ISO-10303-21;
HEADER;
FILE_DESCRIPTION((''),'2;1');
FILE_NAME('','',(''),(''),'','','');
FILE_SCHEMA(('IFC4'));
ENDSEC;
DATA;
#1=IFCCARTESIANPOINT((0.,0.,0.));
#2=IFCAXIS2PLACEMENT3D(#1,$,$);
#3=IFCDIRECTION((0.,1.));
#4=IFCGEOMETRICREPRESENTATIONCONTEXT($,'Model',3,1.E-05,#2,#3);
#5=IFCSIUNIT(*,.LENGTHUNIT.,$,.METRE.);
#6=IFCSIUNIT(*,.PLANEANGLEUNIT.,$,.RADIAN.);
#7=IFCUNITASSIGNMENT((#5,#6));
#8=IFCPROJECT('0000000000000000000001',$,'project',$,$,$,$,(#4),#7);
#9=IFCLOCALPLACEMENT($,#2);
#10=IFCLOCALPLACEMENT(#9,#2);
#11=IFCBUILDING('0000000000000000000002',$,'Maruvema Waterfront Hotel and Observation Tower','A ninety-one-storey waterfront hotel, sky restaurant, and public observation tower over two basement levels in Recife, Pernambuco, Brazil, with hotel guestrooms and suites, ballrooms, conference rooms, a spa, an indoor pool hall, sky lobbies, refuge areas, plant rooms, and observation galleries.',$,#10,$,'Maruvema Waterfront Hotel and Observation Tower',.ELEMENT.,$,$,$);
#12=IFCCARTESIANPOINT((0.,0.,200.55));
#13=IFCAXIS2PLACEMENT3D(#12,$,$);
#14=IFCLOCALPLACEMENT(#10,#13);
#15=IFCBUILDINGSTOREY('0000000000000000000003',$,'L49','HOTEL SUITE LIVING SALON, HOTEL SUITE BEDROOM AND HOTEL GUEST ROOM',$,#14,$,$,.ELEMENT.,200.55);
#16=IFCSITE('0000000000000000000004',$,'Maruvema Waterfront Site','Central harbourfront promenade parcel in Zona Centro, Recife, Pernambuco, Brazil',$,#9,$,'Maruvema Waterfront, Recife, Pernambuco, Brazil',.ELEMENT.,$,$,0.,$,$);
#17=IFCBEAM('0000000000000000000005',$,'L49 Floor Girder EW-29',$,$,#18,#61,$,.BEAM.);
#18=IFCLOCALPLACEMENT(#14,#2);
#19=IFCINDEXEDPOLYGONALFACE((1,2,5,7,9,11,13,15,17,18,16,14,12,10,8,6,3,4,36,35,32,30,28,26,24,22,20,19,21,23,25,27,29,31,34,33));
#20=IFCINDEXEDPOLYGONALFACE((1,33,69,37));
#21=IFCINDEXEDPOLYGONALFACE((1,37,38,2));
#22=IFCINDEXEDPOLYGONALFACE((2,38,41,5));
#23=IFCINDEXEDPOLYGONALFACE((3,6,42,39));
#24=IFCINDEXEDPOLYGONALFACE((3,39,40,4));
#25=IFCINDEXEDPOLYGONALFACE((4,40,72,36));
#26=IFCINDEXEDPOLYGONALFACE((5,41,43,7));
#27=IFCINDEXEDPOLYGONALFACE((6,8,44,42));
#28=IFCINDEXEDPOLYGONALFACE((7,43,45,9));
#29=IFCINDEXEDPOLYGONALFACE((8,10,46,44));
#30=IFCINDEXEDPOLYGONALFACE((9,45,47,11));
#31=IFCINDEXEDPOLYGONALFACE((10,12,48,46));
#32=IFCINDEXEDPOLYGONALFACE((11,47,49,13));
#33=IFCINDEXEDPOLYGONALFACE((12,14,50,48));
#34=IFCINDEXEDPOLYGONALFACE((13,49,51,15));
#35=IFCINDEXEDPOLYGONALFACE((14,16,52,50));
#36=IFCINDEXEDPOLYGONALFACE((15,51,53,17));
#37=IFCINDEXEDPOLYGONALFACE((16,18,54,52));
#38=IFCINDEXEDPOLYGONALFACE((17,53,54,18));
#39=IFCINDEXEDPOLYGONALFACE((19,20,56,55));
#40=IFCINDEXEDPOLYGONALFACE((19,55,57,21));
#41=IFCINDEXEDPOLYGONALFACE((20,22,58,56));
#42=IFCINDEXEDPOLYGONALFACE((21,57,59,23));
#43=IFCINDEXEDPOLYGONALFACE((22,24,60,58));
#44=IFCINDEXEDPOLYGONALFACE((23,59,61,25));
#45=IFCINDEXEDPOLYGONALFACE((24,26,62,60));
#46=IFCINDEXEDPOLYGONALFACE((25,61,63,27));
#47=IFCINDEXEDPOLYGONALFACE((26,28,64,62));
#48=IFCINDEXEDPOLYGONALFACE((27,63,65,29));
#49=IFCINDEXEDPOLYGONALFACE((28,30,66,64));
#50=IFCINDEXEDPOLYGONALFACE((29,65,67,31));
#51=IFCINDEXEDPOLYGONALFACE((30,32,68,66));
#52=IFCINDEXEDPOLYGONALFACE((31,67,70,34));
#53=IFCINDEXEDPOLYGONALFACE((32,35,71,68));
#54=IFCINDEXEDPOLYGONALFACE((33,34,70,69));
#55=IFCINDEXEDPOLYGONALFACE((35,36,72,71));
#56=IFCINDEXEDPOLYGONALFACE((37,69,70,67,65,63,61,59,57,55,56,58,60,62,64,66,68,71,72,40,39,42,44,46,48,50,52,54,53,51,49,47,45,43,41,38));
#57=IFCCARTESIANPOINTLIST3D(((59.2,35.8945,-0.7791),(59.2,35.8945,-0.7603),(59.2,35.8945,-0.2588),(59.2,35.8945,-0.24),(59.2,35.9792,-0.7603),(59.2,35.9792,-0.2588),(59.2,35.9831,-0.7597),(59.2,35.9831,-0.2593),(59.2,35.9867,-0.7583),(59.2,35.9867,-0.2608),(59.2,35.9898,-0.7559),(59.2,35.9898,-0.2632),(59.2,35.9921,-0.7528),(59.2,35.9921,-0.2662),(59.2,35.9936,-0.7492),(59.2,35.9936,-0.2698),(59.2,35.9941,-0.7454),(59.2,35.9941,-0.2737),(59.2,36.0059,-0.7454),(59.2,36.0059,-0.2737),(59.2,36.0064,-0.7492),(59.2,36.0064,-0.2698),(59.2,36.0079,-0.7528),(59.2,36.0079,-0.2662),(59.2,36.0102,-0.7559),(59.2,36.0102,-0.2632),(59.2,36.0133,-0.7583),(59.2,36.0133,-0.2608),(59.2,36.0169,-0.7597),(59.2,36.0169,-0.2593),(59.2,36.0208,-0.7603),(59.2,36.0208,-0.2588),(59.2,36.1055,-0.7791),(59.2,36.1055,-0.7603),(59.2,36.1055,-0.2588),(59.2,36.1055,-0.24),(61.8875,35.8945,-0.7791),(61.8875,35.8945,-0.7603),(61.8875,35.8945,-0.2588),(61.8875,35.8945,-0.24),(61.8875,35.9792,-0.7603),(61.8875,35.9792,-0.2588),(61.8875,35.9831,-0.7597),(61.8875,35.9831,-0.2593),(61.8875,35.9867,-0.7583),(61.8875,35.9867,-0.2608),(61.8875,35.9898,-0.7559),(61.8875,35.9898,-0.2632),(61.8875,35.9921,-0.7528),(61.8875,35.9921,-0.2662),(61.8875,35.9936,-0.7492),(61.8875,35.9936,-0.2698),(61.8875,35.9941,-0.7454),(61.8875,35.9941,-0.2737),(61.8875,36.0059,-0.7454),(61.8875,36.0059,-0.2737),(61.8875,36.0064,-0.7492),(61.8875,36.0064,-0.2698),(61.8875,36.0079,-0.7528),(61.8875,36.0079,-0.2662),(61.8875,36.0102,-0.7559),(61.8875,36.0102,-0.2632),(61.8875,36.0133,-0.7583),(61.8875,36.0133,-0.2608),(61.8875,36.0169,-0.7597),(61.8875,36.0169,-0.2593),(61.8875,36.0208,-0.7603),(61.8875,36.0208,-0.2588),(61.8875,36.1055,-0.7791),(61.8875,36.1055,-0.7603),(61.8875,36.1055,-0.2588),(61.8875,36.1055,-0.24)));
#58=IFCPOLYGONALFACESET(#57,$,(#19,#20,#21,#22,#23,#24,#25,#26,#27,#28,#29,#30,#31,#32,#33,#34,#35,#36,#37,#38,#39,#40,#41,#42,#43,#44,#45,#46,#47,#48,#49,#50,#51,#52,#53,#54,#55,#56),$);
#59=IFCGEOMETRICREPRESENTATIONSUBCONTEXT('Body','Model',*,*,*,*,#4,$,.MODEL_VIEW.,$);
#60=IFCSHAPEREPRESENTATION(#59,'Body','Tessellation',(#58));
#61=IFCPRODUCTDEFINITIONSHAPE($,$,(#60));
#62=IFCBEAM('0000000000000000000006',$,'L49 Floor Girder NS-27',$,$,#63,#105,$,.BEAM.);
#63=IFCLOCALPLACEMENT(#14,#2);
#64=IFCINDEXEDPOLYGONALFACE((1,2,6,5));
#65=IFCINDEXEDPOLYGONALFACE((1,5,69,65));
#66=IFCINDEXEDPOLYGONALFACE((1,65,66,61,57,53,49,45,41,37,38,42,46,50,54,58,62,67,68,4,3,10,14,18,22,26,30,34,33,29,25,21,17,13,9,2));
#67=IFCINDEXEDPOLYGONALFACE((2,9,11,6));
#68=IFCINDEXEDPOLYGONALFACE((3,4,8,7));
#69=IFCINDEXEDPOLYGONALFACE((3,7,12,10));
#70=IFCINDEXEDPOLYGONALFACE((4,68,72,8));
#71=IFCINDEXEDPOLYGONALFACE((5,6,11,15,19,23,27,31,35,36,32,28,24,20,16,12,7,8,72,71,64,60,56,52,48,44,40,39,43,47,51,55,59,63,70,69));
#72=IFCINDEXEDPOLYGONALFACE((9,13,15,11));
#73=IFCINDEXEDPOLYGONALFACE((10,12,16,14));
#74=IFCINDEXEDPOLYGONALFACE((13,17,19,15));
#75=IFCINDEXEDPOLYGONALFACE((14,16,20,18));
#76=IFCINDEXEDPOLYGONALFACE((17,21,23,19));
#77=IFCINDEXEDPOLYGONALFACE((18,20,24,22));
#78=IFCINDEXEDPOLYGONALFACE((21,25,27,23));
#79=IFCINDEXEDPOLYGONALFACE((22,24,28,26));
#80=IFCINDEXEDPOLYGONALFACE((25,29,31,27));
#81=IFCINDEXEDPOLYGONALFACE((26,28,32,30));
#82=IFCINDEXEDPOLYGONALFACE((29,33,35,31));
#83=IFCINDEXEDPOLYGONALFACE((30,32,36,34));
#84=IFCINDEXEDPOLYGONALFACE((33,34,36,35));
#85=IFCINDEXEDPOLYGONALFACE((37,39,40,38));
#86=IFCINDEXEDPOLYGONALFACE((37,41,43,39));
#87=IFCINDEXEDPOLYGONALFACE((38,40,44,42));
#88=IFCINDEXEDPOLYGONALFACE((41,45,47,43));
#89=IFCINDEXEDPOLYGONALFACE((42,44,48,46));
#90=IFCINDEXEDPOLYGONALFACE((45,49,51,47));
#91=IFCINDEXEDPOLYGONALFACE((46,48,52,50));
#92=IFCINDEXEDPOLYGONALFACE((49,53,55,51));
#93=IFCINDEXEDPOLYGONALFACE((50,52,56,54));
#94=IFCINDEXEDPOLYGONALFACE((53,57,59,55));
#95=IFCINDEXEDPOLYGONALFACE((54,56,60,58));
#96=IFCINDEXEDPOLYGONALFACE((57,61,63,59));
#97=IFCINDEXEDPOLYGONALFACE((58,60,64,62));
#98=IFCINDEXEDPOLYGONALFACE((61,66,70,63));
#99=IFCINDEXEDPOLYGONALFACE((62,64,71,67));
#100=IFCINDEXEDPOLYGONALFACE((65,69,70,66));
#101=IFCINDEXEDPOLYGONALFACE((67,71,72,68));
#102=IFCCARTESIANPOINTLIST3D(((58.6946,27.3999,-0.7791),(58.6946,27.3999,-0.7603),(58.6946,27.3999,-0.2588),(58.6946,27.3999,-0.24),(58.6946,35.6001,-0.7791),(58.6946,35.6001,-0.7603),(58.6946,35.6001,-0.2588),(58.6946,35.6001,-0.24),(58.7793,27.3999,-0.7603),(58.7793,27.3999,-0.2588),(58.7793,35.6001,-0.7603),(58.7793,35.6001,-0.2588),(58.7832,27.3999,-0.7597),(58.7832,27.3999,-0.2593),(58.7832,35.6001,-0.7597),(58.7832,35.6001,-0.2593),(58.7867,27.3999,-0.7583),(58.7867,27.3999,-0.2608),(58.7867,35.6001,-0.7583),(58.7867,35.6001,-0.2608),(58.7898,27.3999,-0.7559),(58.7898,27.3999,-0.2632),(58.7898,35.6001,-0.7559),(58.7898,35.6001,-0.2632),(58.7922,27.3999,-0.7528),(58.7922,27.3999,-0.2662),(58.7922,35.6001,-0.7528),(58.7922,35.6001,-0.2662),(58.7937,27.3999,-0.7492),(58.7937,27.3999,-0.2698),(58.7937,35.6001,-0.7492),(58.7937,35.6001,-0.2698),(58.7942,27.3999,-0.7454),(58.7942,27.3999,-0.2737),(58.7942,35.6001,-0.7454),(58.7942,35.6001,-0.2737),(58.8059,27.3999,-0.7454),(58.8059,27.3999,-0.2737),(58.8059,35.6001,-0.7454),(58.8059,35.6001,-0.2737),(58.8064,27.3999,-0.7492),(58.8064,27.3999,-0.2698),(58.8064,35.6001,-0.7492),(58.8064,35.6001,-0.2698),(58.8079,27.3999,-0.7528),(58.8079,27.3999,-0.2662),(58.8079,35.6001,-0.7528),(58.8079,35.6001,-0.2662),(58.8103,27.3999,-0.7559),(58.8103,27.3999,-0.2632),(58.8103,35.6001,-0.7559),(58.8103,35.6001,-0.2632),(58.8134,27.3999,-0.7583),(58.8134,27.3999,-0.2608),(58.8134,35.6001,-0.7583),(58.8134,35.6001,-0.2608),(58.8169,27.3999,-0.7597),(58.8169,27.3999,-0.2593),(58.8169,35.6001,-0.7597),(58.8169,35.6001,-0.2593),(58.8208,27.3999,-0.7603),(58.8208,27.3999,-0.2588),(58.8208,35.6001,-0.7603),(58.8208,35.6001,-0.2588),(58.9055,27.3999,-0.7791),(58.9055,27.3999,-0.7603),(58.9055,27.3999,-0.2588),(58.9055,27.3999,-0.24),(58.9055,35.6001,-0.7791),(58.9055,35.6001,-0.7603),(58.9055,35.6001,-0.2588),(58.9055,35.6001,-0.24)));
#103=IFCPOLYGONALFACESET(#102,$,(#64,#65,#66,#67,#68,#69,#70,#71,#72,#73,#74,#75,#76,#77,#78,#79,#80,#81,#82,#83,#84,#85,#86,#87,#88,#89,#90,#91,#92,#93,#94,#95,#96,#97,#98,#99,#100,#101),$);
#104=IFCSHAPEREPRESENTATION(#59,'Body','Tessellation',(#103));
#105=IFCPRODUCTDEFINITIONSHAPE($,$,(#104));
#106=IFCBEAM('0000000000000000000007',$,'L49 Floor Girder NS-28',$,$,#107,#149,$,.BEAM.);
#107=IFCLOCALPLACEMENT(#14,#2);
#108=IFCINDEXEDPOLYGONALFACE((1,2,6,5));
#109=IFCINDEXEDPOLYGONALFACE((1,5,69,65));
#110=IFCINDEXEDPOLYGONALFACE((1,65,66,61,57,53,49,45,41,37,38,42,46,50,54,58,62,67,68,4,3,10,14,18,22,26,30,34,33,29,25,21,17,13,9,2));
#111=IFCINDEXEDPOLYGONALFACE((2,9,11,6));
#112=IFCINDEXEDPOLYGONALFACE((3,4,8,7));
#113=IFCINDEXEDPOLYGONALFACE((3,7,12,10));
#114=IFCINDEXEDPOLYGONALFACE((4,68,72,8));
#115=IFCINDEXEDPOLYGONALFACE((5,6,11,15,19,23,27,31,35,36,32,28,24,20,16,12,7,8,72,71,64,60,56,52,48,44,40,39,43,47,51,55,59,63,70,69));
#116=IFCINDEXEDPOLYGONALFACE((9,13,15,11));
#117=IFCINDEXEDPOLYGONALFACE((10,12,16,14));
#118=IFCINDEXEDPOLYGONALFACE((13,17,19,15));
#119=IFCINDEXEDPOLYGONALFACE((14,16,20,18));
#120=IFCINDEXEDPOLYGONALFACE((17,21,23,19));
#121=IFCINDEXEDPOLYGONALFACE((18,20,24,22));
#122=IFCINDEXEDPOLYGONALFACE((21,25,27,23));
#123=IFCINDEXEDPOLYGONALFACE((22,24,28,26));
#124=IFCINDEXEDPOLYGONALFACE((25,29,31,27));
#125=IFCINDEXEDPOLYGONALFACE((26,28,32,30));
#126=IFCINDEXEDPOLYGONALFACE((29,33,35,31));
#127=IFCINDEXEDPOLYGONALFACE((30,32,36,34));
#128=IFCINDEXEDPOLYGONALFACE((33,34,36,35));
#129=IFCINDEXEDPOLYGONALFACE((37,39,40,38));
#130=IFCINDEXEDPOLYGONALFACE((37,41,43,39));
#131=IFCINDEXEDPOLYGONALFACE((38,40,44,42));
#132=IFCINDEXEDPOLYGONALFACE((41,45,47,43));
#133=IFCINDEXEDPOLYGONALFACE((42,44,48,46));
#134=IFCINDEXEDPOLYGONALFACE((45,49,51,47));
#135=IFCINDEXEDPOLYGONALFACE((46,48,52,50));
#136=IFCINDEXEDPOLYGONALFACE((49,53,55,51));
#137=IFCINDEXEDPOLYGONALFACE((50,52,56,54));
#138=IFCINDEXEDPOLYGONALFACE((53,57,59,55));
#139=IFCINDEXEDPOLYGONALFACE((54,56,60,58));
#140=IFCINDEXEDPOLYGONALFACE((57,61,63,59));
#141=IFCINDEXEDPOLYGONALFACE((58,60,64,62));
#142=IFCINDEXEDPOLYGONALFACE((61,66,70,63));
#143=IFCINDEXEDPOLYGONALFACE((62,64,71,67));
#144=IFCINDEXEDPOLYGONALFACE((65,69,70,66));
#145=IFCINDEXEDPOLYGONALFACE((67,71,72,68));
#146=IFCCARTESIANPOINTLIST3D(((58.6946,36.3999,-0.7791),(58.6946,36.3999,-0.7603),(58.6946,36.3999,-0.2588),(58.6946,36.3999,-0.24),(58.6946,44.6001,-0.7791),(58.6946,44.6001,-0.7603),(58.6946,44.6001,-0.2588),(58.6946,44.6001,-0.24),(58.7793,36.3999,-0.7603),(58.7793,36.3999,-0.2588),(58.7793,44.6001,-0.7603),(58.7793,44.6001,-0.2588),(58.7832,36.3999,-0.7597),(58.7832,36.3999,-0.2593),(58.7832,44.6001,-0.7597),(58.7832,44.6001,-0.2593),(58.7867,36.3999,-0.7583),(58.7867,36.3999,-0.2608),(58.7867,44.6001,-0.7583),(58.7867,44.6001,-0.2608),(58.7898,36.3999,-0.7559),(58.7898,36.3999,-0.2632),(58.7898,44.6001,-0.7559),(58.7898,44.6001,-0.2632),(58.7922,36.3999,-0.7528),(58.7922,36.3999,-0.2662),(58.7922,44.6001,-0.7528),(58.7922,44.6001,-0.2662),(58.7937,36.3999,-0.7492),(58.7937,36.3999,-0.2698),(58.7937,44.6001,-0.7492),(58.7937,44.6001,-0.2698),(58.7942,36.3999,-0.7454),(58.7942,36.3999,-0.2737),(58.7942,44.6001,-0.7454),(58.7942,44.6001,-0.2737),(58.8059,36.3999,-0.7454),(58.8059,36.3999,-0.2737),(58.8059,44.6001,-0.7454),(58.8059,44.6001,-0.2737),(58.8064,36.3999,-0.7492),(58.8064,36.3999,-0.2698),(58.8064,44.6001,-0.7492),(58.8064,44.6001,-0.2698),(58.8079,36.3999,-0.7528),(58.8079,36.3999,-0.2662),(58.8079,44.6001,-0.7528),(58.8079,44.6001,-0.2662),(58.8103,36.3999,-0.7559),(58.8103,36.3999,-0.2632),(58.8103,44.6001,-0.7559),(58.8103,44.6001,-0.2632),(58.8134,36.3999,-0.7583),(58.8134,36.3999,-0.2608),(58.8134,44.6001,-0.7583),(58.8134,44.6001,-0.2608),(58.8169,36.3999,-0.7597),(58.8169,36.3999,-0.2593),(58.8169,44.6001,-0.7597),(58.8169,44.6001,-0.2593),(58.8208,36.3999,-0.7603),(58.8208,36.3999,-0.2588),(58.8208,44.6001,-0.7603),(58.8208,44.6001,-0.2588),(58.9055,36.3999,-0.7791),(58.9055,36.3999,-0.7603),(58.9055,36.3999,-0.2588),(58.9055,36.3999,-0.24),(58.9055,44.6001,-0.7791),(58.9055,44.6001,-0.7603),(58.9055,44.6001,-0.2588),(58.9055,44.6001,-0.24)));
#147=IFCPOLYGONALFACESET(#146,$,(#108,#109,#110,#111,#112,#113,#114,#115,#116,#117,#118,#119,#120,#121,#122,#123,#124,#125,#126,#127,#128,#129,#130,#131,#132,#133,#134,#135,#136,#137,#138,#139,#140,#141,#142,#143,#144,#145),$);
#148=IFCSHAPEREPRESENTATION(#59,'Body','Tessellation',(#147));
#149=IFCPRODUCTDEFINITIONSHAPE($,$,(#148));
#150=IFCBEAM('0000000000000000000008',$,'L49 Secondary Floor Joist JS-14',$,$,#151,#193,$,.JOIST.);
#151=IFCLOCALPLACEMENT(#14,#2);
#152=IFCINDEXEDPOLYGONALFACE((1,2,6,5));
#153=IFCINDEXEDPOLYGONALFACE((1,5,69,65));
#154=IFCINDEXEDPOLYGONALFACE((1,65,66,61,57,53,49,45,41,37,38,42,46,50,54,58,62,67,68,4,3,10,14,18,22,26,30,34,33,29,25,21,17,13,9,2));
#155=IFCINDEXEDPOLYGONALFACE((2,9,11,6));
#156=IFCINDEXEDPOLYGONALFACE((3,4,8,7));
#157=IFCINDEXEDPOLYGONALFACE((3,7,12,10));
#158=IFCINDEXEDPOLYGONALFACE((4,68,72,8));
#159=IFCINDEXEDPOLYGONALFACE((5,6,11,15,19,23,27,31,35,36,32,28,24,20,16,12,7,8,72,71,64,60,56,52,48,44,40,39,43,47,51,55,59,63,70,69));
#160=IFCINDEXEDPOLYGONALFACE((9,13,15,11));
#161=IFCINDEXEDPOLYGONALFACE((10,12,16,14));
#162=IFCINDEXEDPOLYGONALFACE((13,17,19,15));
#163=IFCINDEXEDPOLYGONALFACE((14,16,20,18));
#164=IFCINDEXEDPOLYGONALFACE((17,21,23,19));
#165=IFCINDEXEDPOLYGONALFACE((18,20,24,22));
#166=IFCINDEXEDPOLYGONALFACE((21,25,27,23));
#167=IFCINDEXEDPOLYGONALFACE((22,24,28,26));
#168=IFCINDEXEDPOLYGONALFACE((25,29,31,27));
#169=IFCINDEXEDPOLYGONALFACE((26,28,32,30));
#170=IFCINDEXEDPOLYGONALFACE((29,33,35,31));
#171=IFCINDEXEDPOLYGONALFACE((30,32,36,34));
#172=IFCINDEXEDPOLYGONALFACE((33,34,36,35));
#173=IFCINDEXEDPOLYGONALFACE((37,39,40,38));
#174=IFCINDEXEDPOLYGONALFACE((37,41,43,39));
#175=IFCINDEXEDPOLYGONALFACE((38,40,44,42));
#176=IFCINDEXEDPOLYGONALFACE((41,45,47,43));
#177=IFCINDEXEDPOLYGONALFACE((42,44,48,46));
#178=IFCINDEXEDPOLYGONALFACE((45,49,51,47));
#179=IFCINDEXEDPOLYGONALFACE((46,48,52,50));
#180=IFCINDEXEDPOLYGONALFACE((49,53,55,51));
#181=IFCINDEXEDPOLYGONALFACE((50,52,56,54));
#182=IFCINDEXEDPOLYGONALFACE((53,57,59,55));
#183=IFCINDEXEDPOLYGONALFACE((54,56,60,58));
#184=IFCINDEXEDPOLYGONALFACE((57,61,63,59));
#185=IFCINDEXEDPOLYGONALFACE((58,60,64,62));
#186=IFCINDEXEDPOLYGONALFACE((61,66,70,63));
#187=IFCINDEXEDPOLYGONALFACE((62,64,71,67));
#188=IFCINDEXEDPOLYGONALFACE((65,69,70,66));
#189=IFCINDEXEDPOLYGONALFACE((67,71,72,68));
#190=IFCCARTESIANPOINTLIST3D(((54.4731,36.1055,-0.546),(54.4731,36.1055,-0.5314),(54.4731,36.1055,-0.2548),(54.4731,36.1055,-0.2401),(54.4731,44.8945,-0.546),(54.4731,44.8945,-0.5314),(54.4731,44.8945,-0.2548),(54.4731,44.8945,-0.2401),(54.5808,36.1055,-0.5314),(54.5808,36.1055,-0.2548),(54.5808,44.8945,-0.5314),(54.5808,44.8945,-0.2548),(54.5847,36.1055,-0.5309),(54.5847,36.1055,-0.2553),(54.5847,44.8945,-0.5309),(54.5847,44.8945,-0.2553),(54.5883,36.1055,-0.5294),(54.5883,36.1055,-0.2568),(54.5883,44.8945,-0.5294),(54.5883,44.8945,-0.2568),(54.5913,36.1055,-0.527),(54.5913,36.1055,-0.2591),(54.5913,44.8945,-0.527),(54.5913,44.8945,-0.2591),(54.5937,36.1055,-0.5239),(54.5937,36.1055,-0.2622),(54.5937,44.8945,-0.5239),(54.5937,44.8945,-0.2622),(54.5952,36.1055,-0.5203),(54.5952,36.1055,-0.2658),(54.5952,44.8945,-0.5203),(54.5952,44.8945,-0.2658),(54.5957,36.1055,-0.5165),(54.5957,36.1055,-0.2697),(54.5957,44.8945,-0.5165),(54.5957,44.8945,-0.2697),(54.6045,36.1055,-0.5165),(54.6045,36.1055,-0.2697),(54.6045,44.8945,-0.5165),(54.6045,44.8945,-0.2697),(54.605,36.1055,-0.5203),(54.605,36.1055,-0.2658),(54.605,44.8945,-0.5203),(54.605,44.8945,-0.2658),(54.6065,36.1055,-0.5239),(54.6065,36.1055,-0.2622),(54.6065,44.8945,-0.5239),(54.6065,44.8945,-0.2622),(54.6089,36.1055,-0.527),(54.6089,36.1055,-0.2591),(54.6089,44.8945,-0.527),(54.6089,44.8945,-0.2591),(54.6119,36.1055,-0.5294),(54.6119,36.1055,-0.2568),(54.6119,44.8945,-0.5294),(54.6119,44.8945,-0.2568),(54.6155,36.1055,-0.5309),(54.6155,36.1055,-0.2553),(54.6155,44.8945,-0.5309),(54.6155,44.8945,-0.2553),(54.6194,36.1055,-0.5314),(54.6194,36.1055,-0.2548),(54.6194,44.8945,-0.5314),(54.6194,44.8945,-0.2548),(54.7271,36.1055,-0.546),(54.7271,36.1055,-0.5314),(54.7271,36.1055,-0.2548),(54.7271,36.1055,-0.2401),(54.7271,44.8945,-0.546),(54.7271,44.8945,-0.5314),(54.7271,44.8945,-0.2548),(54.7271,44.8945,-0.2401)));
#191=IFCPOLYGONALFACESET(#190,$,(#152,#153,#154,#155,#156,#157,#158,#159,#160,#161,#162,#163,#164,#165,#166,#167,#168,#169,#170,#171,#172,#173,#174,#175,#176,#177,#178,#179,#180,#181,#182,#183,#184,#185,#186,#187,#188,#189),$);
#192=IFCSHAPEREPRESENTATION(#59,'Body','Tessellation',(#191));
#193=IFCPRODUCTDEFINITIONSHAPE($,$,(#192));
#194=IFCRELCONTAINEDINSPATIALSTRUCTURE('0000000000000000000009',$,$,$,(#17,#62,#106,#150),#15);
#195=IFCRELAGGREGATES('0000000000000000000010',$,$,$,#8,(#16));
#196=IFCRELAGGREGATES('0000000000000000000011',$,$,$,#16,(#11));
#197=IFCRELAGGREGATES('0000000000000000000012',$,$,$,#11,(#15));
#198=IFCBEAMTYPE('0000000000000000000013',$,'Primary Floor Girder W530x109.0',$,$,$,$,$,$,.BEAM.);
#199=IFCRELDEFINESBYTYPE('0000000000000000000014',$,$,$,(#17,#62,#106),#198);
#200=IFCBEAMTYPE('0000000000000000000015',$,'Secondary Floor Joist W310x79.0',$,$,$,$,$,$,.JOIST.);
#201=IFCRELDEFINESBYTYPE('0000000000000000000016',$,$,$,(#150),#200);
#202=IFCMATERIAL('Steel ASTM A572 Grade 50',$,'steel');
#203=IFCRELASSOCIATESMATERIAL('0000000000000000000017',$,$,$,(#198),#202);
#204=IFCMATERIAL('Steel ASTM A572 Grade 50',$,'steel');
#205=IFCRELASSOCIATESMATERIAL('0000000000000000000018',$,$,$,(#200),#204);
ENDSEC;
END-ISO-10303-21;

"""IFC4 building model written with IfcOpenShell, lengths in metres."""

from ifc_helpers import new_model, si_unit, direction, frame, origin, origin_2d, place, context, subcontext, project, spatial, i_section, extrude, material, material_profile, profile_set, type_object, element, save


model = new_model("IFC4")

# Units and contexts
model_context = context("Model", 3, precision=1e-05, world=origin(), true_north=direction((0.0, 1.0)))
body_context = subcontext(model_context, "Body", "Model", "MODEL_VIEW")
ifc_project = project(units=[si_unit("LENGTHUNIT", "METRE"), si_unit("PLANEANGLEUNIT", "RADIAN")], contexts=[model_context])

# Site, building, storey
site_placement = place(None, origin())
site = spatial("IfcSite", under=ifc_project, at=site_placement, Name="Maruvema Waterfront Site", Description="Central harbourfront promenade parcel in Zona Centro, Recife, Pernambuco, Brazil", LongName="Maruvema Waterfront, Recife, Pernambuco, Brazil", CompositionType="ELEMENT", RefElevation=0.0)
building_placement = place(site_placement, origin())
building = spatial("IfcBuilding", under=site, at=building_placement, Name="Maruvema Waterfront Hotel and Observation Tower", Description="A ninety-one-storey waterfront hotel, sky restaurant, and public observation tower over two basement levels in Recife, Pernambuco, Brazil, with hotel guestrooms and suites, ballrooms, conference rooms, a spa, an indoor pool hall, sky lobbies, refuge areas, plant rooms, and observation galleries.", LongName="Maruvema Waterfront Hotel and Observation Tower", CompositionType="ELEMENT")
storey_placement = place(building_placement, frame((0.0, 0.0, 200.55)))
storey = spatial("IfcBuildingStorey", under=building, at=storey_placement, Name="L49", Description="HOTEL SUITE LIVING SALON, HOTEL SUITE BEDROOM AND HOTEL GUEST ROOM", CompositionType="ELEMENT", Elevation=200.55)

# Beams
ifc_material_1 = material(Name="Steel ASTM A572 Grade 50", Category="steel")
ifc_material_profile_1 = material_profile(ifc_material_1, i_section(OverallWidth=0.2109, OverallDepth=0.5391, WebThickness=0.0117, FlangeThickness=0.0188, FilletRadius=0.0149, at=origin_2d()), Name="W530x109.0")
ifc_profile_set_1 = profile_set([ifc_material_profile_1], Name="Steel ASTM A572 Grade 50")
beam_type_1 = type_object("IfcBeamType", Name="Primary Floor Girder W530x109.0", PredefinedType="BEAM", material=ifc_profile_set_1)
beam_1_placement = place(storey_placement, frame((59.2, 36.0, -0.5095), z_axis=(1.0, 0.0, 0.0), x_axis=(0.0, 1.0, 0.0)))
element("IfcBeam", 1, at=beam_1_placement, inside=storey, type_object=beam_type_1, Name="L49 Floor Girder EW-29", PredefinedType="BEAM", context=body_context, shape_type="SweptSolid", body=[
    extrude(i_section(OverallWidth=0.2109, OverallDepth=0.5391, WebThickness=0.0117, FlangeThickness=0.0188, FilletRadius=0.0149, at=origin_2d()), origin(), (0.0, 0.0, 1.0), 2.6875),
])
for number, where, z_axis, x_axis, name in (
    (2, (58.8, 27.3999, -0.5095), (0.0, 1.0, 0.0), (-1.0, 0.0, 0.0), "L49 Floor Girder NS-27"),
    (3, (58.8, 36.3999, -0.5095), (0.0, 1.0, 0.0), (-1.0, 0.0, 0.0), "L49 Floor Girder NS-28"),
):
    element("IfcBeam", number, at=place(storey_placement, frame(where, z_axis=z_axis, x_axis=x_axis)), inside=storey, type_object=beam_type_1, Name=name, PredefinedType="BEAM", context=body_context, shape_type="SweptSolid", body=[
        extrude(i_section(OverallWidth=0.2109, OverallDepth=0.5391, WebThickness=0.0117, FlangeThickness=0.0188, FilletRadius=0.0149, at=origin_2d()), origin(), (0.0, 0.0, 1.0), 8.2002),
    ])
ifc_material_2 = material(Name="Steel ASTM A572 Grade 50", Category="steel")
ifc_material_profile_2 = material_profile(ifc_material_2, i_section(OverallWidth=0.2539, OverallDepth=0.3059, WebThickness=0.0088, FlangeThickness=0.0146, FilletRadius=0.0149, at=origin_2d()), Name="W310x79.0")
ifc_profile_set_2 = profile_set([ifc_material_profile_2], Name="Steel ASTM A572 Grade 50")
beam_type_2 = type_object("IfcBeamType", Name="Secondary Floor Joist W310x79.0", PredefinedType="JOIST", material=ifc_profile_set_2)
beam_2_placement = place(storey_placement, frame((54.6001, 36.1055, -0.3931), z_axis=(0.0, 1.0, 0.0), x_axis=(-1.0, 0.0, 0.0)))
element("IfcBeam", 4, at=beam_2_placement, inside=storey, type_object=beam_type_2, Name="L49 Secondary Floor Joist JS-14", PredefinedType="JOIST", context=body_context, shape_type="SweptSolid", body=[
    extrude(i_section(OverallWidth=0.2539, OverallDepth=0.3059, WebThickness=0.0088, FlangeThickness=0.0146, FilletRadius=0.0149, at=origin_2d()), origin(), (0.0, 0.0, 1.0), 8.7891),
])

save(model, "model.ifc")
